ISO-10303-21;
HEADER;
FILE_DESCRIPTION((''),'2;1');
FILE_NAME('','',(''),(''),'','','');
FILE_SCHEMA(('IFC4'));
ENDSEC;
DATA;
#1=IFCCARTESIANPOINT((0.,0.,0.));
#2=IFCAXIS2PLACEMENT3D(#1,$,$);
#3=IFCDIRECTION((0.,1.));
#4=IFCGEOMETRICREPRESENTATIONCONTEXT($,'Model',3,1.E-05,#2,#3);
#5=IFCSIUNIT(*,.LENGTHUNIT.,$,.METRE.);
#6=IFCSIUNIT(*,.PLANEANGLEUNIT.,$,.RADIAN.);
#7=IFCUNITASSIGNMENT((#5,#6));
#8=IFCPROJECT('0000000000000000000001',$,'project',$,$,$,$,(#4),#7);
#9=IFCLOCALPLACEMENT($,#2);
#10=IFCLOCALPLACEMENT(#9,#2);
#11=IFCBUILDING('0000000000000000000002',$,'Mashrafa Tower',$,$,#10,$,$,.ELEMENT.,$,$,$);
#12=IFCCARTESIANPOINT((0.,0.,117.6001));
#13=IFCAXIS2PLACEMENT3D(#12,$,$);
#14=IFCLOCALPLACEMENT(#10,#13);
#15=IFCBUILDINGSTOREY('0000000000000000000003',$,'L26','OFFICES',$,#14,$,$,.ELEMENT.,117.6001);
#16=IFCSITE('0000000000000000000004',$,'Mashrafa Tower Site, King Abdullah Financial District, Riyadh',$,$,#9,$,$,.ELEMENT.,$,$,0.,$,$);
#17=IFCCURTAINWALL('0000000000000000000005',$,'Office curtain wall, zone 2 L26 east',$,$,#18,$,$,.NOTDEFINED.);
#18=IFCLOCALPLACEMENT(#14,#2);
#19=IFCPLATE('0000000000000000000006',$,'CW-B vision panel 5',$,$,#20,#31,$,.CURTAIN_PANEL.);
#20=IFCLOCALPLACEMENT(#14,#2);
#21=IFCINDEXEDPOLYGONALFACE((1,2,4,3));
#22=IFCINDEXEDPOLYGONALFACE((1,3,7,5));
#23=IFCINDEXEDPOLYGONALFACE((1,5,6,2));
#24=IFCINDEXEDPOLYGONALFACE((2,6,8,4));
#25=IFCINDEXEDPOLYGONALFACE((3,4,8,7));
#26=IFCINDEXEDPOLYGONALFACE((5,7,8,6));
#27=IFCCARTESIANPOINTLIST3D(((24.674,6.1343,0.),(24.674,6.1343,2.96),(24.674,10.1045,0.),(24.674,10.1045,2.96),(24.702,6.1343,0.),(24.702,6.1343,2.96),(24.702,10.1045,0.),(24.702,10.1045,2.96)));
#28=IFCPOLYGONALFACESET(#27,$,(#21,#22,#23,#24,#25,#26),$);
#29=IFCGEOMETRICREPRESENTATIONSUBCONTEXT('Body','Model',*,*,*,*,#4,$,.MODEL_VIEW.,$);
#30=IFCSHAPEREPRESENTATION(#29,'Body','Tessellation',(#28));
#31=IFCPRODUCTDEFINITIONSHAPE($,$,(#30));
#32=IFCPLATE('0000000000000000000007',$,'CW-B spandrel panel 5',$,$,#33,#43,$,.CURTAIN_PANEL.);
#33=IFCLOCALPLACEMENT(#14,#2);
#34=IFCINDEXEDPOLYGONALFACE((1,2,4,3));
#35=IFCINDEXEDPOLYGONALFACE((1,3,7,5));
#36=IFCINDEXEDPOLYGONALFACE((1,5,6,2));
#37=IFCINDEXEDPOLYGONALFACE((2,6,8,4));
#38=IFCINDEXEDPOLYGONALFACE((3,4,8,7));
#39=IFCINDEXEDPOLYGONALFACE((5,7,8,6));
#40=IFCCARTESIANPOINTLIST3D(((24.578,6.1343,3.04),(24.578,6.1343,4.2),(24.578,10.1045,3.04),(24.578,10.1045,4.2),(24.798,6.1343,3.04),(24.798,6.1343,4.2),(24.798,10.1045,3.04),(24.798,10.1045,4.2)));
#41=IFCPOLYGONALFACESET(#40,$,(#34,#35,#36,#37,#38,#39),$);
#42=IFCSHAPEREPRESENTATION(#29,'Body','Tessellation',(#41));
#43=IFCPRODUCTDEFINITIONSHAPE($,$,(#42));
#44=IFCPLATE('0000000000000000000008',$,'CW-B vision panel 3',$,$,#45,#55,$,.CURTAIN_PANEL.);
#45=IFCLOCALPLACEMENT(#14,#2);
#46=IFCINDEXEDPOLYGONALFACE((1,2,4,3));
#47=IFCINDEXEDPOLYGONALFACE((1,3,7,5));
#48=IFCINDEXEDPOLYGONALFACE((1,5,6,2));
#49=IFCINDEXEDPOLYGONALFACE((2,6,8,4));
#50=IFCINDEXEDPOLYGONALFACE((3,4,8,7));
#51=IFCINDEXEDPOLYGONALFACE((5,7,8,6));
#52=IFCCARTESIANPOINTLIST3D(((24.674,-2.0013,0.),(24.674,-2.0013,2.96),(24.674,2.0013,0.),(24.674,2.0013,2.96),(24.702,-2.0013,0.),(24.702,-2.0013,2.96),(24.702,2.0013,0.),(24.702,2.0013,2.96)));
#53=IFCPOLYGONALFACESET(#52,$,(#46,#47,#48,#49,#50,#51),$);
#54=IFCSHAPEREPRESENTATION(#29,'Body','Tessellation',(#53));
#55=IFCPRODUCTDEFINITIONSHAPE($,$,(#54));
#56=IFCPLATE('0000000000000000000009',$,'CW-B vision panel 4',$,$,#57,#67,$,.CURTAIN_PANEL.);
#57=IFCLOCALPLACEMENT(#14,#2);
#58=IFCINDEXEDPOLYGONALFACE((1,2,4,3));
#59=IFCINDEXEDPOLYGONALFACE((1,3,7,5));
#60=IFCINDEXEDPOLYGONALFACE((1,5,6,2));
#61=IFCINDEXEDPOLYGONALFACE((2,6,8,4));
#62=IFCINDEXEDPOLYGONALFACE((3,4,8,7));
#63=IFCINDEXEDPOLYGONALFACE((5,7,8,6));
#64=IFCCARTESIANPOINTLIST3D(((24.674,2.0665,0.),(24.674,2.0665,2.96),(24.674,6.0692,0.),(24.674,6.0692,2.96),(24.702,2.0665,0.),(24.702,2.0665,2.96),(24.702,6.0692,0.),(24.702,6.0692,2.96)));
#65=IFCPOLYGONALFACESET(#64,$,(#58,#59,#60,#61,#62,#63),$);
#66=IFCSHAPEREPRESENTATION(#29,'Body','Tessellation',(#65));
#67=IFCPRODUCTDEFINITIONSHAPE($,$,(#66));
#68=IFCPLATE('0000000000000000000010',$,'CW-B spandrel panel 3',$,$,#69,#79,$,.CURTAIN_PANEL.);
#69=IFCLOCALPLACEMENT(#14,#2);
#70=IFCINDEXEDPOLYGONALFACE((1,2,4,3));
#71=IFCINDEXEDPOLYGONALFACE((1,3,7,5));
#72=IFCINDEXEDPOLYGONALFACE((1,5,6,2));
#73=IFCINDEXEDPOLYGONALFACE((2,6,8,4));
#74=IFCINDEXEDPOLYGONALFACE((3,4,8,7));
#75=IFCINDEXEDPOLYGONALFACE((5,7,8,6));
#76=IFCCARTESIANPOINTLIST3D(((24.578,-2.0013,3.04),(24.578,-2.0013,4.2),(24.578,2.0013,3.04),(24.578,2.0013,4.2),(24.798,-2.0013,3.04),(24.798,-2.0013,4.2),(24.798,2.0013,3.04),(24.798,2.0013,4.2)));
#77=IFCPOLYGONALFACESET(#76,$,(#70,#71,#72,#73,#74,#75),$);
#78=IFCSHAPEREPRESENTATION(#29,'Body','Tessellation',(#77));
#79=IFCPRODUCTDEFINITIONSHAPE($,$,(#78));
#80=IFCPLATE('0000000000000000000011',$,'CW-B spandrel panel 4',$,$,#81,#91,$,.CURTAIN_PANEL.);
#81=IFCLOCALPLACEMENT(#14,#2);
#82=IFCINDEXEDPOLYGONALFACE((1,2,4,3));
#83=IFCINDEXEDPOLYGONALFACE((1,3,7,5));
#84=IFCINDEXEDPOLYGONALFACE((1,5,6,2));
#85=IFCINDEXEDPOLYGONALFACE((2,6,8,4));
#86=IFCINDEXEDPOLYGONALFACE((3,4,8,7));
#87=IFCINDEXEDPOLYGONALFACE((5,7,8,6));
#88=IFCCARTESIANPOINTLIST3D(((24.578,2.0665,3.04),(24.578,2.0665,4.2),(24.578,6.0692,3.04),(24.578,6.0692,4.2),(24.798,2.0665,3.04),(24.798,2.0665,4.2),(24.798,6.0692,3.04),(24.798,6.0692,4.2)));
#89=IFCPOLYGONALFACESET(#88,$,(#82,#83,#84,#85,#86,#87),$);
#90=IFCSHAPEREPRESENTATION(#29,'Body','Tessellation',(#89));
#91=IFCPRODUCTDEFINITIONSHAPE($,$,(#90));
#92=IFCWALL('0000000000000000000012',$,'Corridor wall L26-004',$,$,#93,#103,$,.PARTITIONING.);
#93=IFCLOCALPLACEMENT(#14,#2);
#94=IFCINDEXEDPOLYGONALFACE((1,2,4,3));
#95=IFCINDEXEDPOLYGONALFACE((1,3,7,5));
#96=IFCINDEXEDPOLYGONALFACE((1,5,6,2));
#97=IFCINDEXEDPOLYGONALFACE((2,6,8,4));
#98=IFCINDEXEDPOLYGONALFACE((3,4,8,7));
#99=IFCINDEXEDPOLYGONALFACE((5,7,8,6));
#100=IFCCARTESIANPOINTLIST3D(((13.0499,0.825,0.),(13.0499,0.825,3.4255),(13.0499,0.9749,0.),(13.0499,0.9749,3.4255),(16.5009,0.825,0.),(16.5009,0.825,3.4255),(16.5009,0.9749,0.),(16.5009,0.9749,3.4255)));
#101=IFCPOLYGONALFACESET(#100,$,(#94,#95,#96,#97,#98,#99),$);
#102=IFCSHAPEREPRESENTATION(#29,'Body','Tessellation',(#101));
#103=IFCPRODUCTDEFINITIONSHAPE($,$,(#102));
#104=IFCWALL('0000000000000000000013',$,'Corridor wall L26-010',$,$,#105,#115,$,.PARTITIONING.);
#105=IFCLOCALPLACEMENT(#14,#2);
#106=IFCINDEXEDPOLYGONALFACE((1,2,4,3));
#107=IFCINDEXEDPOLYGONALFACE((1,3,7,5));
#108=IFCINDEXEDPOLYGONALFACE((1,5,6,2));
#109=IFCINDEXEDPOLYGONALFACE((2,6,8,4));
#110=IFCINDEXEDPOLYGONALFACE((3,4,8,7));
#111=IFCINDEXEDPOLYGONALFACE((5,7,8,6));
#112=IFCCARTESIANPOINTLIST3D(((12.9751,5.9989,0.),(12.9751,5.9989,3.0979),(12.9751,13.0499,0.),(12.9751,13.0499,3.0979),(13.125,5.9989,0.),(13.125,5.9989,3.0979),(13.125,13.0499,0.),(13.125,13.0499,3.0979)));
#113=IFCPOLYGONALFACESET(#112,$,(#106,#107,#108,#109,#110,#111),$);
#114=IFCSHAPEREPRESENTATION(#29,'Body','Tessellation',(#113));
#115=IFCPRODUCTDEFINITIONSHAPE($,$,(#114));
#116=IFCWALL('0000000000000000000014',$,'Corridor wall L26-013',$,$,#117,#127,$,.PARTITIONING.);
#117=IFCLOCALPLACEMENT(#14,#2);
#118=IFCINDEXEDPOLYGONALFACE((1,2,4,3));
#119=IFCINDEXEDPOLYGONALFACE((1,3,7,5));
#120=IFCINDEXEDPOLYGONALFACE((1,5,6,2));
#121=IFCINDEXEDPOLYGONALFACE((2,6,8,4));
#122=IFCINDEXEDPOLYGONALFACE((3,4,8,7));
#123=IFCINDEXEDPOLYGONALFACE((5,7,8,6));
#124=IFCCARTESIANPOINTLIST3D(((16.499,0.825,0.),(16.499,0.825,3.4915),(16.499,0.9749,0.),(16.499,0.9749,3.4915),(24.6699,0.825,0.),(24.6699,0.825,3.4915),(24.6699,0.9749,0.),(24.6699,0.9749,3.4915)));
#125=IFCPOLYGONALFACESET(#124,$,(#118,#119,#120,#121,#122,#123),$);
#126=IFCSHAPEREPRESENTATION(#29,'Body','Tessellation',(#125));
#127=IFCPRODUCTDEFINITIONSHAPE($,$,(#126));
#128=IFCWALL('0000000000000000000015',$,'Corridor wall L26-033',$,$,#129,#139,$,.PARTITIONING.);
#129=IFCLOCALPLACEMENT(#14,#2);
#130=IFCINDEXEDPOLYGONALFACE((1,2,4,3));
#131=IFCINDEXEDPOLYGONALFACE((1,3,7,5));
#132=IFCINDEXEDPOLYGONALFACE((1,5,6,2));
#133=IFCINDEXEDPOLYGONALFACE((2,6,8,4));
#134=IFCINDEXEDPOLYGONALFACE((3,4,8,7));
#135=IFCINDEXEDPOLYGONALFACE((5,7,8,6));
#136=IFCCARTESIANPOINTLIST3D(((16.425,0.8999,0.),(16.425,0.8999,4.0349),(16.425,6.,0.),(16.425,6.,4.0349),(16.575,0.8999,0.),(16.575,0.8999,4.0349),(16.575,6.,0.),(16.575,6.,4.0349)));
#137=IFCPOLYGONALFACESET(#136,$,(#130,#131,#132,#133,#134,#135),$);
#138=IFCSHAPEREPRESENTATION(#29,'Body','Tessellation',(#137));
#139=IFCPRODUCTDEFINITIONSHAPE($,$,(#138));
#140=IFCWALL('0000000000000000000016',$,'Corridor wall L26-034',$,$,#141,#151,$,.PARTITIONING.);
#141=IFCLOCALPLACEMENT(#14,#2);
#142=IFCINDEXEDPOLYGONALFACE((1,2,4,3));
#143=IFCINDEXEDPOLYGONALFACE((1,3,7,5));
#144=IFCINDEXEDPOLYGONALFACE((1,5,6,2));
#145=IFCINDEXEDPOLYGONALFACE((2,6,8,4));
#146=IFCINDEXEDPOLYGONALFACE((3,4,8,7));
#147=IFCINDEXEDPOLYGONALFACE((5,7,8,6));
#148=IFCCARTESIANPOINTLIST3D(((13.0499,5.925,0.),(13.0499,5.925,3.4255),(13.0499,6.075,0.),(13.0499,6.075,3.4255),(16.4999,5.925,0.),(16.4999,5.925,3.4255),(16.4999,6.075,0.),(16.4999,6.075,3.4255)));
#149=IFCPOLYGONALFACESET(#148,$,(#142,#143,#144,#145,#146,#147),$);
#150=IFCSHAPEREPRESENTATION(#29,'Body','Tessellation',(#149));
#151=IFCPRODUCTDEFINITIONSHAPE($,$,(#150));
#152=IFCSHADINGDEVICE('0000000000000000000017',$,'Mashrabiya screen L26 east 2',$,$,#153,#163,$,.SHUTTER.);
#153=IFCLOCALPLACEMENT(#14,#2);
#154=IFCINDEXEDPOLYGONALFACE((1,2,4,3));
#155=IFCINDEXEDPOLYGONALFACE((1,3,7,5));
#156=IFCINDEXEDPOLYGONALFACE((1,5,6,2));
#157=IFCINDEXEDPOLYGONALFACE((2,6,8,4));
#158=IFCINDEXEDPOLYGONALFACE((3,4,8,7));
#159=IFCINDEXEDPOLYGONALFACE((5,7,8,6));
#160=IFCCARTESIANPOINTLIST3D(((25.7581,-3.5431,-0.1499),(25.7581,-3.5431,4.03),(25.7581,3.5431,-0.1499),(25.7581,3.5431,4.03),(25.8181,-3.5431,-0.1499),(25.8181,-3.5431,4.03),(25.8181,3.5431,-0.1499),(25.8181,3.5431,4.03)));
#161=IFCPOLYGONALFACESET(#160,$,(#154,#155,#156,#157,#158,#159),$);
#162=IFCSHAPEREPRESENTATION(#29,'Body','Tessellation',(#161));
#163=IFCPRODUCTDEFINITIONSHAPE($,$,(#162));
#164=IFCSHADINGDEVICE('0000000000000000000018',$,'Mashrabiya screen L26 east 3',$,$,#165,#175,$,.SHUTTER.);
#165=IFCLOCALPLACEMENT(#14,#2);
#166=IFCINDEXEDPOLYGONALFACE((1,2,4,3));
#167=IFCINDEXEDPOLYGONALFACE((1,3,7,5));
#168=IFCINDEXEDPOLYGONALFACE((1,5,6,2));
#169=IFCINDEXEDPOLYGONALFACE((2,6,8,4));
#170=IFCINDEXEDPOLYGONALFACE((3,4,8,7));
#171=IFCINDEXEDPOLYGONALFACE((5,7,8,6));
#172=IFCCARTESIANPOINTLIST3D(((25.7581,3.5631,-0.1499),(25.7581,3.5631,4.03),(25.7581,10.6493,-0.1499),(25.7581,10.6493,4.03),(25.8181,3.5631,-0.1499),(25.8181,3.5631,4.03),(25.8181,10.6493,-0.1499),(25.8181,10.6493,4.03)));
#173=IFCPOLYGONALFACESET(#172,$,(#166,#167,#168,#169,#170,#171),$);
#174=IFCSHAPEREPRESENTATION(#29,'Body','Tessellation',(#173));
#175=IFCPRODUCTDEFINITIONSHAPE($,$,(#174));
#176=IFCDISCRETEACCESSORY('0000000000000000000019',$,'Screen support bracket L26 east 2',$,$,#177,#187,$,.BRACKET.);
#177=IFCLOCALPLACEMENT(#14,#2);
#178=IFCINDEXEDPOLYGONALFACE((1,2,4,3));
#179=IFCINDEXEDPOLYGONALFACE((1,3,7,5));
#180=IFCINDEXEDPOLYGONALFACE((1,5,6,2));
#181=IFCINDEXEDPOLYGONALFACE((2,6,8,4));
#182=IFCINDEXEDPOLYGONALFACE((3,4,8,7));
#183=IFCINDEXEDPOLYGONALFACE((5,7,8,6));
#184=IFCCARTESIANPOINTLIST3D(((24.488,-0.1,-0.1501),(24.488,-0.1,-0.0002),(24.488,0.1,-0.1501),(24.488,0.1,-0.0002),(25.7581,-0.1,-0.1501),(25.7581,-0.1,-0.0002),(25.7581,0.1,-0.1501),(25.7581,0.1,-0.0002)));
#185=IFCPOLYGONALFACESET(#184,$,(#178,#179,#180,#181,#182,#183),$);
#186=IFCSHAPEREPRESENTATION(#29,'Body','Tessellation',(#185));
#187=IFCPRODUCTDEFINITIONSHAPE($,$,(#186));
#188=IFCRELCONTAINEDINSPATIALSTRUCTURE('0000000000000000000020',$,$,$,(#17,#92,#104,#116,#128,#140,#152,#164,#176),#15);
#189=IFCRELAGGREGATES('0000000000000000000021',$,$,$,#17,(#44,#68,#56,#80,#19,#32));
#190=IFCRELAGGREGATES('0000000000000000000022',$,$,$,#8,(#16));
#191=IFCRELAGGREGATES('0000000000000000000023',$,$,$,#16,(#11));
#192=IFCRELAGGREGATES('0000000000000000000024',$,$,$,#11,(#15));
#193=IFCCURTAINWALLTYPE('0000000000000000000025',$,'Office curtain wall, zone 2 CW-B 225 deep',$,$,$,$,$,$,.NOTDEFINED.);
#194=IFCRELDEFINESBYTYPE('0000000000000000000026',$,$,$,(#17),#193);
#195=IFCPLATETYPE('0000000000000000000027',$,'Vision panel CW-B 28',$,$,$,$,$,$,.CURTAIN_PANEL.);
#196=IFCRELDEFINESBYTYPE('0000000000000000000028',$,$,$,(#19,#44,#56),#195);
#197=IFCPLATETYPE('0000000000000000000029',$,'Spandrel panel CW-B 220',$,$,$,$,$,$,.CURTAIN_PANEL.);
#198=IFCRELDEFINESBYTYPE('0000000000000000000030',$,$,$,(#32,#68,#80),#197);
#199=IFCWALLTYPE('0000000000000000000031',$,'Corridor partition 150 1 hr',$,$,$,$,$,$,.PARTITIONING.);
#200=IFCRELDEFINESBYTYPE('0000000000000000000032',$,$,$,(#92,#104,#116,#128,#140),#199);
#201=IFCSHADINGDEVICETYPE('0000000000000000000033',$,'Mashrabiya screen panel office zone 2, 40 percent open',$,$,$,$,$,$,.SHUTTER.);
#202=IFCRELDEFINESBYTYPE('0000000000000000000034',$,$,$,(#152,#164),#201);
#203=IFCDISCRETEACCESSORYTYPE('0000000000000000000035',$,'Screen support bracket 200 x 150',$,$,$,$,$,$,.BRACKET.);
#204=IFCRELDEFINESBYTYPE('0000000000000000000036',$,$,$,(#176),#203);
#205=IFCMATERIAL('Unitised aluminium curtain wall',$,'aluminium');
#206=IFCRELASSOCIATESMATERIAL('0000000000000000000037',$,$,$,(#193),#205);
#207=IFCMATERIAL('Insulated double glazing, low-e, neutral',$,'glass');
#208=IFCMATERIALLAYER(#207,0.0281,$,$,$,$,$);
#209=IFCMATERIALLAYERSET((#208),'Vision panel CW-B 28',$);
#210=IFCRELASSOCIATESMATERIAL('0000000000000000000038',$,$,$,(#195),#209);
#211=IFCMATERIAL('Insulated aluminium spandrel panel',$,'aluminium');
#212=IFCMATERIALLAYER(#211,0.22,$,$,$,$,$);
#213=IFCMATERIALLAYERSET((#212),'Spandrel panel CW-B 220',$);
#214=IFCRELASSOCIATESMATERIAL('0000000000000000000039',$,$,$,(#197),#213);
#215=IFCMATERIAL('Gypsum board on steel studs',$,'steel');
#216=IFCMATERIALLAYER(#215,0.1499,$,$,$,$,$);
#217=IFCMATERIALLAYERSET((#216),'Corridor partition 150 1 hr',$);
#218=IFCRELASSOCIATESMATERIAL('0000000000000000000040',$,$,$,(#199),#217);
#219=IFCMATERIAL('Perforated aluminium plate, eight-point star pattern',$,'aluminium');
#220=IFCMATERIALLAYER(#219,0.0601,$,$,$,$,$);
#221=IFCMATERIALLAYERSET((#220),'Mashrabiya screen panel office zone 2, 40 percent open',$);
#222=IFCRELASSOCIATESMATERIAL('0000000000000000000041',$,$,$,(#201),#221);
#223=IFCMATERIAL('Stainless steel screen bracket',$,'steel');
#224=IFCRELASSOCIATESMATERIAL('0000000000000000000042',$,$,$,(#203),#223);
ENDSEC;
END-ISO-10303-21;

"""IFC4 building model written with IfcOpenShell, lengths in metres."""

from ifc_helpers import new_model, si_unit, direction, frame, frame_2d, origin, origin_2d, place, context, subcontext, project, spatial, rectangle, extrude, source, transform, mapped, material, layer, layer_set, type_object, type_shapes, element, aggregate, save


model = new_model("IFC4")

# Units and contexts
model_context = context("Model", 3, precision=1e-05, world=origin(), true_north=direction((0.0, 1.0)))
body_context = subcontext(model_context, "Body", "Model", "MODEL_VIEW")
ifc_project = project(units=[si_unit("LENGTHUNIT", "METRE"), si_unit("PLANEANGLEUNIT", "RADIAN")], contexts=[model_context])

# Site, building, storey
site_placement = place(None, origin())
site = spatial("IfcSite", under=ifc_project, at=site_placement, Name="Mashrafa Tower Site, King Abdullah Financial District, Riyadh", CompositionType="ELEMENT", RefElevation=0.0)
building_placement = place(site_placement, origin())
building = spatial("IfcBuilding", under=site, at=building_placement, Name="Mashrafa Tower", CompositionType="ELEMENT")
storey_placement = place(building_placement, frame((0.0, 0.0, 117.6001)))
storey = spatial("IfcBuildingStorey", under=building, at=storey_placement, Name="L26", Description="OFFICES", CompositionType="ELEMENT", Elevation=117.6001)

# Curtain wall
ifc_material_1 = material(Name="Unitised aluminium curtain wall", Category="aluminium")
curtain_wall_type = type_object("IfcCurtainWallType", Name="Office curtain wall, zone 2 CW-B 225 deep", PredefinedType="NOTDEFINED", material=ifc_material_1)
curtain_wall_1_placement = place(storey_placement, origin())
curtain_wall_1 = element("IfcCurtainWall", 1, at=curtain_wall_1_placement, inside=storey, type_object=curtain_wall_type, Name="Office curtain wall, zone 2 L26 east", PredefinedType="NOTDEFINED")

# Plates
ifc_material_2 = material(Name="Insulated double glazing, low-e, neutral", Category="glass")
ifc_layer_1 = layer(ifc_material_2, 0.0281)
ifc_layer_set_1 = layer_set([ifc_layer_1], Name="Vision panel CW-B 28")
plate_type_1 = type_object("IfcPlateType", Name="Vision panel CW-B 28", PredefinedType="CURTAIN_PANEL", material=ifc_layer_set_1)
shared_shape_1 = source(origin(), body_context, "Body", "SweptSolid", [
    extrude(rectangle(XDim=3.9702, YDim=0.0281, at=origin_2d()), origin(), (0.0, 0.0, 1.0), 2.96),
])
plate_1_placement = place(storey_placement, frame((24.688, 8.1194, 0.0), z_axis=(0.0, 0.0, 1.0), x_axis=(0.0, 1.0, 0.0)))
plate_1 = element("IfcPlate", 2, at=plate_1_placement, type_object=plate_type_1, Name="CW-B vision panel 5", PredefinedType="CURTAIN_PANEL", context=body_context, shape_type="MappedRepresentation", body=[
    mapped(shared_shape_1, transform((0.0, 0.0, 0.0))),
])
ifc_material_3 = material(Name="Insulated aluminium spandrel panel", Category="aluminium")
ifc_layer_2 = layer(ifc_material_3, 0.22)
ifc_layer_set_2 = layer_set([ifc_layer_2], Name="Spandrel panel CW-B 220")
plate_type_2 = type_object("IfcPlateType", Name="Spandrel panel CW-B 220", PredefinedType="CURTAIN_PANEL", material=ifc_layer_set_2)
shared_shape_2 = source(origin(), body_context, "Body", "SweptSolid", [
    extrude(rectangle(XDim=3.9702, YDim=0.22, at=origin_2d()), origin(), (0.0, 0.0, 1.0), 1.1599),
])
plate_2_placement = place(storey_placement, frame((24.688, 8.1194, 3.04), z_axis=(0.0, 0.0, 1.0), x_axis=(0.0, 1.0, 0.0)))
plate_2 = element("IfcPlate", 3, at=plate_2_placement, type_object=plate_type_2, Name="CW-B spandrel panel 5", PredefinedType="CURTAIN_PANEL", context=body_context, shape_type="MappedRepresentation", body=[
    mapped(shared_shape_2, transform((0.0, 0.0, 0.0))),
])
shared_shape_3 = source(origin(), body_context, "Body", "SweptSolid", [
    extrude(rectangle(XDim=4.0027, YDim=0.0281, at=origin_2d()), origin(), (0.0, 0.0, 1.0), 2.96),
])
type_shapes(plate_type_1, [shared_shape_1, shared_shape_3])
plate_3_placement = place(storey_placement, frame((24.688, 0.0, 0.0), z_axis=(0.0, 0.0, 1.0), x_axis=(0.0, 1.0, 0.0)))
plate_3 = element("IfcPlate", 4, at=plate_3_placement, type_object=plate_type_1, Name="CW-B vision panel 3", PredefinedType="CURTAIN_PANEL", context=body_context, shape_type="MappedRepresentation", body=[
    mapped(shared_shape_3, transform((0.0, 0.0, 0.0))),
])
plate_4_placement = place(storey_placement, frame((24.688, 4.0679, 0.0), z_axis=(0.0, 0.0, 1.0), x_axis=(0.0, 1.0, 0.0)))
plate_4 = element("IfcPlate", 5, at=plate_4_placement, type_object=plate_type_1, Name="CW-B vision panel 4", PredefinedType="CURTAIN_PANEL", context=body_context, shape_type="MappedRepresentation", body=[
    mapped(shared_shape_3, transform((0.0, 0.0, 0.0))),
])
shared_shape_4 = source(origin(), body_context, "Body", "SweptSolid", [
    extrude(rectangle(XDim=4.0027, YDim=0.22, at=origin_2d()), origin(), (0.0, 0.0, 1.0), 1.1599),
])
type_shapes(plate_type_2, [shared_shape_2, shared_shape_4])
plate_5_placement = place(storey_placement, frame((24.688, 0.0, 3.04), z_axis=(0.0, 0.0, 1.0), x_axis=(0.0, 1.0, 0.0)))
plate_5 = element("IfcPlate", 6, at=plate_5_placement, type_object=plate_type_2, Name="CW-B spandrel panel 3", PredefinedType="CURTAIN_PANEL", context=body_context, shape_type="MappedRepresentation", body=[
    mapped(shared_shape_4, transform((0.0, 0.0, 0.0))),
])
plate_6_placement = place(storey_placement, frame((24.688, 4.0679, 3.04), z_axis=(0.0, 0.0, 1.0), x_axis=(0.0, 1.0, 0.0)))
plate_6 = element("IfcPlate", 7, at=plate_6_placement, type_object=plate_type_2, Name="CW-B spandrel panel 4", PredefinedType="CURTAIN_PANEL", context=body_context, shape_type="MappedRepresentation", body=[
    mapped(shared_shape_4, transform((0.0, 0.0, 0.0))),
])
aggregate(curtain_wall_1, [plate_3, plate_5, plate_4, plate_6, plate_1, plate_2])

# Wall
ifc_material_4 = material(Name="Gypsum board on steel studs", Category="steel")
ifc_layer_3 = layer(ifc_material_4, 0.1499)
ifc_layer_set_3 = layer_set([ifc_layer_3], Name="Corridor partition 150 1 hr")
wall_type = type_object("IfcWallType", Name="Corridor partition 150 1 hr", PredefinedType="PARTITIONING", material=ifc_layer_set_3)
wall_1_placement = place(storey_placement, frame((16.501, 0.8999, 0.0), z_axis=(0.0, 0.0, 1.0), x_axis=(-1.0, 0.0, 0.0)))
element("IfcWall", 8, at=wall_1_placement, inside=storey, type_object=wall_type, Name="Corridor wall L26-004", PredefinedType="PARTITIONING", context=body_context, shape_type="SweptSolid", body=[
    extrude(rectangle(XDim=3.4509, YDim=0.1499, at=frame_2d((1.7256, 0.0))), origin(), (0.0, 0.0, 1.0), 3.4255),
])

# Walls
wall_2_placement = place(storey_placement, frame((13.05, 5.999, 0.0), z_axis=(0.0, 0.0, 1.0), x_axis=(0.0, 1.0, 0.0)))
element("IfcWall", 9, at=wall_2_placement, inside=storey, type_object=wall_type, Name="Corridor wall L26-010", PredefinedType="PARTITIONING", context=body_context, shape_type="SweptSolid", body=[
    extrude(rectangle(XDim=7.051, YDim=0.1499, at=frame_2d((3.5254, 0.0))), origin(), (0.0, 0.0, 1.0), 3.0979),
])
wall_3_placement = place(storey_placement, frame((24.6699, 0.8999, 0.0), z_axis=(0.0, 0.0, 1.0), x_axis=(-1.0, 0.0, 0.0)))
element("IfcWall", 10, at=wall_3_placement, inside=storey, type_object=wall_type, Name="Corridor wall L26-013", PredefinedType="PARTITIONING", context=body_context, shape_type="SweptSolid", body=[
    extrude(rectangle(XDim=8.1709, YDim=0.1499, at=frame_2d((4.0854, 0.0))), origin(), (0.0, 0.0, 1.0), 3.4915),
])
wall_4_placement = place(storey_placement, frame((16.5, 0.8999, 0.0), z_axis=(0.0, 0.0, 1.0), x_axis=(0.0, 1.0, 0.0)))
element("IfcWall", 11, at=wall_4_placement, inside=storey, type_object=wall_type, Name="Corridor wall L26-033", PredefinedType="PARTITIONING", context=body_context, shape_type="SweptSolid", body=[
    extrude(rectangle(XDim=5.1001, YDim=0.1499, at=frame_2d((2.55, 0.0))), origin(), (0.0, 0.0, 1.0), 4.0349),
])
wall_5_placement = place(storey_placement, frame((16.5, 6.0, 0.0), z_axis=(0.0, 0.0, 1.0), x_axis=(-1.0, 0.0, 0.0)))
element("IfcWall", 12, at=wall_5_placement, inside=storey, type_object=wall_type, Name="Corridor wall L26-034", PredefinedType="PARTITIONING", context=body_context, shape_type="SweptSolid", body=[
    extrude(rectangle(XDim=3.45, YDim=0.1499, at=frame_2d((1.7251, 0.0))), origin(), (0.0, 0.0, 1.0), 3.4255),
])

# Shading devices
ifc_material_5 = material(Name="Perforated aluminium plate, eight-point star pattern", Category="aluminium")
ifc_layer_4 = layer(ifc_material_5, 0.0601)
ifc_layer_set_4 = layer_set([ifc_layer_4], Name="Mashrabiya screen panel office zone 2, 40 percent open")
shading_device_type = type_object("IfcShadingDeviceType", Name="Mashrabiya screen panel office zone 2, 40 percent open", PredefinedType="SHUTTER", material=ifc_layer_set_4)
shared_shape_5 = source(origin(), body_context, "Body", "SweptSolid", [
    extrude(rectangle(XDim=7.0862, YDim=0.0601, at=origin_2d()), origin(), (0.0, 0.0, 1.0), 4.1799),
])
type_shapes(shading_device_type, [shared_shape_5])
for number, where, z_axis, x_axis, name in (
    (13, (25.7881, 0.0, -0.1499), (0.0, 0.0, 1.0), (0.0, 1.0, 0.0), "Mashrabiya screen L26 east 2"),
    (14, (25.7881, 7.1062, -0.1499), (0.0, 0.0, 1.0), (0.0, 1.0, 0.0), "Mashrabiya screen L26 east 3"),
):
    element("IfcShadingDevice", number, at=place(storey_placement, frame(where, z_axis=z_axis, x_axis=x_axis)), inside=storey, type_object=shading_device_type, Name=name, PredefinedType="SHUTTER", context=body_context, shape_type="MappedRepresentation", body=[
        mapped(shared_shape_5, transform((0.0, 0.0, 0.0))),
    ])

# Discrete accessory
ifc_material_6 = material(Name="Stainless steel screen bracket", Category="steel")
discrete_accessory_type = type_object("IfcDiscreteAccessoryType", Name="Screen support bracket 200 x 150", PredefinedType="BRACKET", material=ifc_material_6)
shared_shape_6 = source(origin(), body_context, "Body", "SweptSolid", [
    extrude(rectangle(XDim=0.2, YDim=1.27, at=origin_2d()), origin(), (0.0, 0.0, 1.0), 0.1499),
])
type_shapes(discrete_accessory_type, [shared_shape_6])
for number, where, z_axis, x_axis, name in (
    (15, (25.123, 0.0, -0.1501), (0.0, 0.0, 1.0), (0.0, 1.0, 0.0), "Screen support bracket L26 east 2"),
):
    element("IfcDiscreteAccessory", number, at=place(storey_placement, frame(where, z_axis=z_axis, x_axis=x_axis)), inside=storey, type_object=discrete_accessory_type, Name=name, PredefinedType="BRACKET", context=body_context, shape_type="MappedRepresentation", body=[
        mapped(shared_shape_6, transform((0.0, 0.0, 0.0))),
    ])

save(model, "model.ifc")
